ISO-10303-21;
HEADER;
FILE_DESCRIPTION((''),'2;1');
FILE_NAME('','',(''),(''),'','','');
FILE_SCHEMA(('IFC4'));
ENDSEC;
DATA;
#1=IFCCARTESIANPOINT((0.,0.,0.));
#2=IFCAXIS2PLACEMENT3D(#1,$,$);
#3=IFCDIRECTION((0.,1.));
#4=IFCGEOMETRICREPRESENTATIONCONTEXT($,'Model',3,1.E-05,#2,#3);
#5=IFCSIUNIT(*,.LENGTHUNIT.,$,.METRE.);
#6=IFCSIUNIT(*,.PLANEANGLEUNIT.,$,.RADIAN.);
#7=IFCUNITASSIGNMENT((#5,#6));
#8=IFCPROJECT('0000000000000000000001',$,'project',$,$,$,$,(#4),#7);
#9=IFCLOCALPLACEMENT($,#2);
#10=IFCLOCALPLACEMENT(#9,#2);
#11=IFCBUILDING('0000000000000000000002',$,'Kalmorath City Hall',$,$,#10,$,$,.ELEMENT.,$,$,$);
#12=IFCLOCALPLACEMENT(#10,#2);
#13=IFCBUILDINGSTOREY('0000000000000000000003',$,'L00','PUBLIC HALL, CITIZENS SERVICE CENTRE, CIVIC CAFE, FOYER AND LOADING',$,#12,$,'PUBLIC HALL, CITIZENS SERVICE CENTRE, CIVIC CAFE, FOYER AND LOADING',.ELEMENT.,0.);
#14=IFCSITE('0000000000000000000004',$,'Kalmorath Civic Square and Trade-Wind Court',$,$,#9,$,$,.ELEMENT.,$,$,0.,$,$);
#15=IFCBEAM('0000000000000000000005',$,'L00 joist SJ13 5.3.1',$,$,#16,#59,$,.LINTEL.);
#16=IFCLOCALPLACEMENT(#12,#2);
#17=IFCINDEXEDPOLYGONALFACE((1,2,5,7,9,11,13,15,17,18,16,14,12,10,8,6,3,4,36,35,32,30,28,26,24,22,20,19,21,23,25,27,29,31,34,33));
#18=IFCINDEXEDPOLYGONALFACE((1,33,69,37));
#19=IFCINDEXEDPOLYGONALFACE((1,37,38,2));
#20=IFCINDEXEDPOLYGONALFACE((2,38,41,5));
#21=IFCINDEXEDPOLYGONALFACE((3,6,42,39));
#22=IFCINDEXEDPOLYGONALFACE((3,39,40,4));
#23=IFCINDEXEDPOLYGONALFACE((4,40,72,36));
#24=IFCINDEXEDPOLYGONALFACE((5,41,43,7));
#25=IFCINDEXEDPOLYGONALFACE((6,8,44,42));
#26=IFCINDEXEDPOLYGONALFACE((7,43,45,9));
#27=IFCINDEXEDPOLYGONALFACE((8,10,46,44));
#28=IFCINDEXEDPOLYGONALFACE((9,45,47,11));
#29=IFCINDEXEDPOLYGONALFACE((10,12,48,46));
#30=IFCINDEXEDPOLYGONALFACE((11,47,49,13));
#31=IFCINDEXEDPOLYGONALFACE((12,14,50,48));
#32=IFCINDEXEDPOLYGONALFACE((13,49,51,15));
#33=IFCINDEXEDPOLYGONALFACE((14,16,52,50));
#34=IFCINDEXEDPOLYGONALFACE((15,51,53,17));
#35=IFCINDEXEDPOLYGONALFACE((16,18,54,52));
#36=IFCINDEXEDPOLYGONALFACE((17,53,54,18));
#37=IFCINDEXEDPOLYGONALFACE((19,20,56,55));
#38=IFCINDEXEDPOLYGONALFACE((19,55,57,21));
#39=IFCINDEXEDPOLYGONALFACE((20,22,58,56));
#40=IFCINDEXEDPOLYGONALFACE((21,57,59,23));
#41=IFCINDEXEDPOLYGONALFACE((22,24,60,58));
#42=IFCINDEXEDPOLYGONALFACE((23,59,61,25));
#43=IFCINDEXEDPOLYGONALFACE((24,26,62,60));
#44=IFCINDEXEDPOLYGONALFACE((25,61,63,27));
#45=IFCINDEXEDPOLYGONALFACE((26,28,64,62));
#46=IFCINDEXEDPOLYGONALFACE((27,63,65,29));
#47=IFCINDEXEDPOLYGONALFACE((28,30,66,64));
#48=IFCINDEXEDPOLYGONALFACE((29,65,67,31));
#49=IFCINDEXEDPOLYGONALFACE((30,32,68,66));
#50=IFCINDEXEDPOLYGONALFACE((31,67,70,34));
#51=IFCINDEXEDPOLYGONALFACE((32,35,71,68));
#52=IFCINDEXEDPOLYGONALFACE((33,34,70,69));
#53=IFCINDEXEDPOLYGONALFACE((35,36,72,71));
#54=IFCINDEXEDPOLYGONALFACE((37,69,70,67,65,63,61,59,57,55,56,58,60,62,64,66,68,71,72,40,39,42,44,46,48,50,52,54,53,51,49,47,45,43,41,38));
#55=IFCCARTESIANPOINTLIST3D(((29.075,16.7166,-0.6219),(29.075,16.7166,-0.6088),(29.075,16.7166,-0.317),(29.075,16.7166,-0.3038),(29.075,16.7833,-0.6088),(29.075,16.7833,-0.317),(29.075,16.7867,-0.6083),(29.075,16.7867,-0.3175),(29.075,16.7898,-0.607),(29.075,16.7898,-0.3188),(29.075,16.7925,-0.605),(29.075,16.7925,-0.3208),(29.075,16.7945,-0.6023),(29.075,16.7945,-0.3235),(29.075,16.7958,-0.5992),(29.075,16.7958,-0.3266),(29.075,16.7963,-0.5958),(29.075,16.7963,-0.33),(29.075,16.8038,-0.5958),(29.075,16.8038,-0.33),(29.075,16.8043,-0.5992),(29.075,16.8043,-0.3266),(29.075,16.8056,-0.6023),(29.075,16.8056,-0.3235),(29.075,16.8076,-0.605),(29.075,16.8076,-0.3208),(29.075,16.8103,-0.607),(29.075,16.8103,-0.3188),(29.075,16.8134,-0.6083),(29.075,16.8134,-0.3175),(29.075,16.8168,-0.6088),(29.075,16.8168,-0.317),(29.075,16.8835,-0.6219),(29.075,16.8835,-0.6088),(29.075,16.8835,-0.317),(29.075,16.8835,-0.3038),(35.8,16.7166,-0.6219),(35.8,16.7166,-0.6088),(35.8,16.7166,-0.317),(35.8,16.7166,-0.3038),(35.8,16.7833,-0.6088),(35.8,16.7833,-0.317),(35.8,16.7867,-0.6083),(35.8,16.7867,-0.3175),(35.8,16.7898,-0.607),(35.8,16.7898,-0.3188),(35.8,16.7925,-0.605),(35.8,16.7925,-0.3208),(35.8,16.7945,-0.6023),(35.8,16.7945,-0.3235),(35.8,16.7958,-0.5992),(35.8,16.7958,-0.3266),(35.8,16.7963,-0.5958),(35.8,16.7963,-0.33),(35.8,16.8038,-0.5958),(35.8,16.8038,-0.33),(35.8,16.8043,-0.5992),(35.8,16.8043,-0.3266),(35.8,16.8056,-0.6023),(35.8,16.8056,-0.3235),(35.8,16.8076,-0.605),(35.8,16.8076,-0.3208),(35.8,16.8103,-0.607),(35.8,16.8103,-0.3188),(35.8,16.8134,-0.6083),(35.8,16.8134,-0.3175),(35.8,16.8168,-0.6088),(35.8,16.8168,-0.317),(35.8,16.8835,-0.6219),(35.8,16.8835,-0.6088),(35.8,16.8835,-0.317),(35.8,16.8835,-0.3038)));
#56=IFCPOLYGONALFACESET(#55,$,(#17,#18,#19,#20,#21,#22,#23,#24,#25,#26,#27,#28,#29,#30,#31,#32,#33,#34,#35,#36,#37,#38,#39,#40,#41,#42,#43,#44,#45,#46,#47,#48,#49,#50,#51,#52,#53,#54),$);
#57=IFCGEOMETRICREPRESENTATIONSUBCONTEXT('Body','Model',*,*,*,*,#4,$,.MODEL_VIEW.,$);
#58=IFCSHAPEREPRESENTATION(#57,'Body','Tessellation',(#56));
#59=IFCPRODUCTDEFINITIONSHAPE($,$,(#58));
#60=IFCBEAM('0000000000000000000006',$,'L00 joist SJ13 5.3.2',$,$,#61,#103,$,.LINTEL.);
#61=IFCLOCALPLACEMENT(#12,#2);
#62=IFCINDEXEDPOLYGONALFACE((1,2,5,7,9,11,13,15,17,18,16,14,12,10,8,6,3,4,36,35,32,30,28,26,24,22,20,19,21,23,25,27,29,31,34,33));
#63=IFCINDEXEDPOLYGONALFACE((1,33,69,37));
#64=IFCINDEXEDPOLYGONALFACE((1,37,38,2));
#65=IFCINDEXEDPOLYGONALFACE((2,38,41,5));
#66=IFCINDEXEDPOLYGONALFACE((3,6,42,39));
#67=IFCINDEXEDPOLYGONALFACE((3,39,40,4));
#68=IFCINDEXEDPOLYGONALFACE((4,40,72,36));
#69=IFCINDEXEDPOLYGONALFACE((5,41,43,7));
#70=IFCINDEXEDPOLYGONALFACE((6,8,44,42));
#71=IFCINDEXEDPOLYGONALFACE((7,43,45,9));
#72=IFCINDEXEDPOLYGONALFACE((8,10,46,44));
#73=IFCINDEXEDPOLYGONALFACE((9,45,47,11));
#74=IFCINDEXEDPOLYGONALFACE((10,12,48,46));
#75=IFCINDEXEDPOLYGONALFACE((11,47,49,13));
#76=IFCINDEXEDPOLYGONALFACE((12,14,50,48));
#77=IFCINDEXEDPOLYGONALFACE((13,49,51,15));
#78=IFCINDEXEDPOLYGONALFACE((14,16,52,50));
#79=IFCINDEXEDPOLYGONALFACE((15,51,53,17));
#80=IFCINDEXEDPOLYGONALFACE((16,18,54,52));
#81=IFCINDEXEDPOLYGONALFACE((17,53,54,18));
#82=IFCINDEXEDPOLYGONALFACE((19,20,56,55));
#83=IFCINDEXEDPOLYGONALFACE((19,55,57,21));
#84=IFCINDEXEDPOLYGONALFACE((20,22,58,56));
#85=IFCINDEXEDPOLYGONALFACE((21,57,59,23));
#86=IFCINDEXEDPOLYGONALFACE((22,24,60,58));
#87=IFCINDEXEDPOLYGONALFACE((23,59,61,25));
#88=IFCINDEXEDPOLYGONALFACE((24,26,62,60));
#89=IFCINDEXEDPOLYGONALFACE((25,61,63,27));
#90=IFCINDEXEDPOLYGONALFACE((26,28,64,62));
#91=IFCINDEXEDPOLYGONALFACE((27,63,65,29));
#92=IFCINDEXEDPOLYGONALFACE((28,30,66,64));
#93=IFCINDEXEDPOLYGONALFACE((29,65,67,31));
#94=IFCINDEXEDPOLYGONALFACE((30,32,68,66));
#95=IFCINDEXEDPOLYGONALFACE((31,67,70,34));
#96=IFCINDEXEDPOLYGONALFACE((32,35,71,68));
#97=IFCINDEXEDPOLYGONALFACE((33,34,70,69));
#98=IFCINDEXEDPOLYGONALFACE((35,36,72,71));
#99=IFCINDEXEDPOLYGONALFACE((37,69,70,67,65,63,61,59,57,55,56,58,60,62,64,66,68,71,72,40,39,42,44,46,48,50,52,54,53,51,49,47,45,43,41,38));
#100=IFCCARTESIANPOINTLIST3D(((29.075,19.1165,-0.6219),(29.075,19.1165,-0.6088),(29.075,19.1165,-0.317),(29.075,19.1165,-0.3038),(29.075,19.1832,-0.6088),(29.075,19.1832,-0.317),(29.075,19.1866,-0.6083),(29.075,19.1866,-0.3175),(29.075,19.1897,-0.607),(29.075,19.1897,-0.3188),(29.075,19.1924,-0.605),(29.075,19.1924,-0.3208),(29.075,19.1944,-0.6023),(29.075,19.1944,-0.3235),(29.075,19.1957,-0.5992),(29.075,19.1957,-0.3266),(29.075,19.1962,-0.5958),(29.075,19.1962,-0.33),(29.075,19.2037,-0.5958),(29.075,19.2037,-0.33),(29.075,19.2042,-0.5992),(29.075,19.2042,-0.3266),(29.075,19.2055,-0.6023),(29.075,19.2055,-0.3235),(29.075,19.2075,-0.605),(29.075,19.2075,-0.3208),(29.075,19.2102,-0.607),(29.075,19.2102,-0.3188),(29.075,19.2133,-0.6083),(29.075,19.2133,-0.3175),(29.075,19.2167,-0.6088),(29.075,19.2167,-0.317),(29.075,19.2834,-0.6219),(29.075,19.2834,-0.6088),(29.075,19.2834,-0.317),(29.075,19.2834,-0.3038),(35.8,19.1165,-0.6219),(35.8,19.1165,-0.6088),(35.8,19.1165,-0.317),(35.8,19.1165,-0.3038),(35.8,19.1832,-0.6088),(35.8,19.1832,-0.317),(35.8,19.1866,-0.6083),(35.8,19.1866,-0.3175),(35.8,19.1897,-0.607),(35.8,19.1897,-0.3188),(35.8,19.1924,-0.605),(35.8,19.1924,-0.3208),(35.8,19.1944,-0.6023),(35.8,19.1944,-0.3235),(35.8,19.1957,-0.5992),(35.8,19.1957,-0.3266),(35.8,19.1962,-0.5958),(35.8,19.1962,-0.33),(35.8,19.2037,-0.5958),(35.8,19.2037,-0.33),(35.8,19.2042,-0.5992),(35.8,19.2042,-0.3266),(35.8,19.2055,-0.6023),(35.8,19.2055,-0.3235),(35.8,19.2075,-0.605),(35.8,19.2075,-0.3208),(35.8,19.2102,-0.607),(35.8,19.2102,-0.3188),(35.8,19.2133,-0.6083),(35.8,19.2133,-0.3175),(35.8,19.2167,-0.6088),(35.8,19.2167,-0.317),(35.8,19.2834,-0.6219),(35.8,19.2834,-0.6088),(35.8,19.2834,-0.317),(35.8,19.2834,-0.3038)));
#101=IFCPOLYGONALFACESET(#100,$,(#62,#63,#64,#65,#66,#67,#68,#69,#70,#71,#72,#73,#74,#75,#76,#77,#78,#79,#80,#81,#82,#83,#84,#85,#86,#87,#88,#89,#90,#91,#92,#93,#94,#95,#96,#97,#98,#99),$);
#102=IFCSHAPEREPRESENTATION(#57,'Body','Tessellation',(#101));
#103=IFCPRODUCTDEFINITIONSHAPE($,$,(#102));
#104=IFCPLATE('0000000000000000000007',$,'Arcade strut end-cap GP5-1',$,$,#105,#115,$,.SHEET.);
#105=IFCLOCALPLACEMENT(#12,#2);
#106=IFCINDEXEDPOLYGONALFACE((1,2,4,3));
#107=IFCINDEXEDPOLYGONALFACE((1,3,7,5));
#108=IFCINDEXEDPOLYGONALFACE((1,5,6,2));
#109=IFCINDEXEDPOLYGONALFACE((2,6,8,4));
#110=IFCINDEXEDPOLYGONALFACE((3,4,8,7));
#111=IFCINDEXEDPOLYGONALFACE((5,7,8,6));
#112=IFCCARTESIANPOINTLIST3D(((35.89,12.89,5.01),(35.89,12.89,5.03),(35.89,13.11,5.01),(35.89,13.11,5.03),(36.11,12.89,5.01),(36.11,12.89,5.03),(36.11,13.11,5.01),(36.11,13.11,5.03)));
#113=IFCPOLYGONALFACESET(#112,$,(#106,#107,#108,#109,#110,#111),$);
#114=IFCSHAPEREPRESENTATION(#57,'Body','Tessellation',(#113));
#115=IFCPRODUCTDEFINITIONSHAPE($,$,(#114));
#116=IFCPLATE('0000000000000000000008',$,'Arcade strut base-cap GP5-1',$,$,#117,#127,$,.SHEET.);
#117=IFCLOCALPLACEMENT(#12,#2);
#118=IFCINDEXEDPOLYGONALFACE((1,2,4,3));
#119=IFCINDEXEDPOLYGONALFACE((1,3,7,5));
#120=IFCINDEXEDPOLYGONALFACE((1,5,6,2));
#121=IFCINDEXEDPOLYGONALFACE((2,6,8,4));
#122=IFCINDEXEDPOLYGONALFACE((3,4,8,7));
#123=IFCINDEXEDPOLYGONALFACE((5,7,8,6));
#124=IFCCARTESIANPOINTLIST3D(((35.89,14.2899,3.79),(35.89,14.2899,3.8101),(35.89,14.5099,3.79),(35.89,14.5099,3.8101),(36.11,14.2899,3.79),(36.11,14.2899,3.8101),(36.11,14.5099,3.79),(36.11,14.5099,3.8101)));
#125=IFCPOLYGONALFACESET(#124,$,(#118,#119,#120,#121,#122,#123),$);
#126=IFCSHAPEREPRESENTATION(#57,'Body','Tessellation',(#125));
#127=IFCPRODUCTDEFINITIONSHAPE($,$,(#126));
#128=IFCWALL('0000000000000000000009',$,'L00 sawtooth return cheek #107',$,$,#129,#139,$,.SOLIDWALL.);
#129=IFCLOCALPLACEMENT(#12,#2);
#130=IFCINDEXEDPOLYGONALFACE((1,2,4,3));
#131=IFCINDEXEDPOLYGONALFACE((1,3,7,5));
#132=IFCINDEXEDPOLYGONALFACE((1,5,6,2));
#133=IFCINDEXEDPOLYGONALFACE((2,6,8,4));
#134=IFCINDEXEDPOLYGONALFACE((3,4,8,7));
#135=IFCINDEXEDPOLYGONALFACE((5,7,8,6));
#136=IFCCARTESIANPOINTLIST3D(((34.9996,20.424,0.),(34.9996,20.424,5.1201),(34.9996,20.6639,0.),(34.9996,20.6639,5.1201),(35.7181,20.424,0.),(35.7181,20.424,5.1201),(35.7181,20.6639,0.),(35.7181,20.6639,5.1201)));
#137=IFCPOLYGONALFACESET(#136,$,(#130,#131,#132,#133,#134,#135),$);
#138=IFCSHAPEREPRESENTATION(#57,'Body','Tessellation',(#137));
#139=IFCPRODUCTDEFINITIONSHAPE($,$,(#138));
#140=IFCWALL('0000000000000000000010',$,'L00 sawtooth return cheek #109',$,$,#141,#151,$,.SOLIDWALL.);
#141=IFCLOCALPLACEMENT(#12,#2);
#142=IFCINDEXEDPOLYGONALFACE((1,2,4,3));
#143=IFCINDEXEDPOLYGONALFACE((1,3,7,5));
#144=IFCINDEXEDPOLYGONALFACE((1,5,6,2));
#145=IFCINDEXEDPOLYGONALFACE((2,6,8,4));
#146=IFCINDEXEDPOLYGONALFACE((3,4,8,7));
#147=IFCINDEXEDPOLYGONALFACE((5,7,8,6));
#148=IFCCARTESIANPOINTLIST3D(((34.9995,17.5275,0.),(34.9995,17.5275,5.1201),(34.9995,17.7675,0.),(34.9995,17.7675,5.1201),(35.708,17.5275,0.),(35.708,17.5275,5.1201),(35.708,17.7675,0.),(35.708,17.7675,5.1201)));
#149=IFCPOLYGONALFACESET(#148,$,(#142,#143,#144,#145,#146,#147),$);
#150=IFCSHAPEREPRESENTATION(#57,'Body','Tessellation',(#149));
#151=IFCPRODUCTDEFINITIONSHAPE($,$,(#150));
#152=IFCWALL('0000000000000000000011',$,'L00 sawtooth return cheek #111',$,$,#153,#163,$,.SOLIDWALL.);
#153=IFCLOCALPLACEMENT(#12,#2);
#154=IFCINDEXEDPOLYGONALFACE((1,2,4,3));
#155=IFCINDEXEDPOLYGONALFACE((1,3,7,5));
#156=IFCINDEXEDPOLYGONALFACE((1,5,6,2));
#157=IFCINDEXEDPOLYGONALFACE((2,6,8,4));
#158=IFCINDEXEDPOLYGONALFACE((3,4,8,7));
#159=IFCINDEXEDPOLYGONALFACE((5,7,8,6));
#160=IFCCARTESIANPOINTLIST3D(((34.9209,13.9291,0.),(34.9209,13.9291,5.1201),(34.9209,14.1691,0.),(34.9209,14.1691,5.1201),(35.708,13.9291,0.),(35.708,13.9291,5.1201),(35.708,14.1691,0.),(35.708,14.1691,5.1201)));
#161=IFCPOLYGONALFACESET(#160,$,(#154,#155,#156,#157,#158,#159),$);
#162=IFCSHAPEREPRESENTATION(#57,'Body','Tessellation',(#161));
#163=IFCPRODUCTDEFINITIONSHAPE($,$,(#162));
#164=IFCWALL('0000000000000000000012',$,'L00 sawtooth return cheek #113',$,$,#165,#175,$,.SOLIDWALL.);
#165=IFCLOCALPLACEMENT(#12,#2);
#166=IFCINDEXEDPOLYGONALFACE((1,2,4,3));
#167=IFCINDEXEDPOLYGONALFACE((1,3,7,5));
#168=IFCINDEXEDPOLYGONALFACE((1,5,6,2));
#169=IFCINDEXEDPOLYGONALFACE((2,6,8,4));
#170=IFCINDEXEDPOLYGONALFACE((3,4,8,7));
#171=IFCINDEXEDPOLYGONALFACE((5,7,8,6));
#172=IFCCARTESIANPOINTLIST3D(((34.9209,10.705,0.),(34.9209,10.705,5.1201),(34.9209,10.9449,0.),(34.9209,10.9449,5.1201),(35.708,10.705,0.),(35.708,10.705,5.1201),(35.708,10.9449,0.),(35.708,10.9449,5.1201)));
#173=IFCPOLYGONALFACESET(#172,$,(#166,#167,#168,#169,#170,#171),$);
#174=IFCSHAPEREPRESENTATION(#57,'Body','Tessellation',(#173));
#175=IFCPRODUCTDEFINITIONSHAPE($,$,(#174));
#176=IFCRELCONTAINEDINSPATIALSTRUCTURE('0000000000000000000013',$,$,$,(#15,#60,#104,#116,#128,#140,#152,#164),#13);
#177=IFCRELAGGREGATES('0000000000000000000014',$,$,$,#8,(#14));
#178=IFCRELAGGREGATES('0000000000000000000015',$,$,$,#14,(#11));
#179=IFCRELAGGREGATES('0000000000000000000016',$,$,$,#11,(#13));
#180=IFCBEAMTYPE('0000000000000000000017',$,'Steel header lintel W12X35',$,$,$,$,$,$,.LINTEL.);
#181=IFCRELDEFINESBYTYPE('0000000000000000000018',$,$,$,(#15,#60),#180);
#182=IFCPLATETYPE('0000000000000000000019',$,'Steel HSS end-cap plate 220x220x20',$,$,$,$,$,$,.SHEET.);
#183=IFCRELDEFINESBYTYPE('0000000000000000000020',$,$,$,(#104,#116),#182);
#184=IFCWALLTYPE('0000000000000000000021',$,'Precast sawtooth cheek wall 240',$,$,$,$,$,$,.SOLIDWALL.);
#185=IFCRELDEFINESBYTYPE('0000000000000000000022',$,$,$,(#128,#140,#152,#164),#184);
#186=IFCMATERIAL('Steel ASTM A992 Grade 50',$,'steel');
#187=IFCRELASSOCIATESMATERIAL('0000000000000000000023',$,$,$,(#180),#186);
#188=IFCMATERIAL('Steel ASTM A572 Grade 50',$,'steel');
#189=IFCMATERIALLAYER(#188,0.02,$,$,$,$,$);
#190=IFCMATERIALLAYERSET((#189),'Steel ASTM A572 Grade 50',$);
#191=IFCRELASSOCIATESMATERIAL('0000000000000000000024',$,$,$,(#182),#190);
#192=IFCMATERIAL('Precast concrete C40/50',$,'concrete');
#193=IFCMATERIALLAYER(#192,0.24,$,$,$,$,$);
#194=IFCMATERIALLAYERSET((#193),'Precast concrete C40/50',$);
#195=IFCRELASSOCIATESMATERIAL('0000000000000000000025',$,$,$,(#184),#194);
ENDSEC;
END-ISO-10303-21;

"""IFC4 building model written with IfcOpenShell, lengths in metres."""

from ifc_helpers import new_model, si_unit, direction, frame, frame_2d, origin, origin_2d, place, context, subcontext, project, spatial, rectangle, i_section, extrude, material, layer, layer_set, material_profile, profile_set, type_object, element, save


model = new_model("IFC4")

# Units and contexts
model_context = context("Model", 3, precision=1e-05, world=origin(), true_north=direction((0.0, 1.0)))
body_context = subcontext(model_context, "Body", "Model", "MODEL_VIEW")
ifc_project = project(units=[si_unit("LENGTHUNIT", "METRE"), si_unit("PLANEANGLEUNIT", "RADIAN")], contexts=[model_context])

# Site, building, storey
site_placement = place(None, origin())
site = spatial("IfcSite", under=ifc_project, at=site_placement, Name="Kalmorath Civic Square and Trade-Wind Court", CompositionType="ELEMENT", RefElevation=0.0)
building_placement = place(site_placement, origin())
building = spatial("IfcBuilding", under=site, at=building_placement, Name="Kalmorath City Hall", CompositionType="ELEMENT")
storey_placement = place(building_placement, origin())
storey = spatial("IfcBuildingStorey", under=building, at=storey_placement, Name="L00", Description="PUBLIC HALL, CITIZENS SERVICE CENTRE, CIVIC CAFE, FOYER AND LOADING", LongName="PUBLIC HALL, CITIZENS SERVICE CENTRE, CIVIC CAFE, FOYER AND LOADING", CompositionType="ELEMENT", Elevation=0.0)

# Beams
ifc_material_1 = material(Name="Steel ASTM A992 Grade 50", Category="steel")
ifc_material_profile_1 = material_profile(ifc_material_1, i_section(OverallWidth=0.167, OverallDepth=0.3181, WebThickness=0.0076, FlangeThickness=0.0132, FilletRadius=0.0129, at=origin_2d()), Name="W12X35")
ifc_profile_set_1 = profile_set([ifc_material_profile_1], Name="Steel ASTM A992 Grade 50")
beam_type_1 = type_object("IfcBeamType", Name="Steel header lintel W12X35", PredefinedType="LINTEL", material=ifc_profile_set_1)
for number, where, z_axis, x_axis, name in (
    (1, (29.075, 16.8, -0.4629), (1.0, 0.0, 0.0), (0.0, 1.0, 0.0), "L00 joist SJ13 5.3.1"),
    (2, (29.075, 19.2, -0.4629), (1.0, 0.0, 0.0), (0.0, 1.0, 0.0), "L00 joist SJ13 5.3.2"),
):
    element("IfcBeam", number, at=place(storey_placement, frame(where, z_axis=z_axis, x_axis=x_axis)), inside=storey, type_object=beam_type_1, Name=name, PredefinedType="LINTEL", context=body_context, shape_type="SweptSolid", body=[
        extrude(i_section(OverallWidth=0.167, OverallDepth=0.3181, WebThickness=0.0076, FlangeThickness=0.0132, FilletRadius=0.0129, at=origin_2d()), origin(), (0.0, 0.0, 1.0), 6.7251),
    ])

# Plates
ifc_material_2 = material(Name="Steel ASTM A572 Grade 50", Category="steel")
ifc_layer_1 = layer(ifc_material_2, 0.02)
ifc_layer_set_1 = layer_set([ifc_layer_1], Name="Steel ASTM A572 Grade 50")
plate_type = type_object("IfcPlateType", Name="Steel HSS end-cap plate 220x220x20", PredefinedType="SHEET", material=ifc_layer_set_1)
for number, where, z_axis, x_axis, name in (
    (3, (36.0, 13.0, 5.01), (0.0, 0.0, 1.0), (1.0, 0.0, 0.0), "Arcade strut end-cap GP5-1"),
    (4, (36.0, 14.3999, 3.79), (0.0, 0.0, 1.0), (1.0, 0.0, 0.0), "Arcade strut base-cap GP5-1"),
):
    element("IfcPlate", number, at=place(storey_placement, frame(where, z_axis=z_axis, x_axis=x_axis)), inside=storey, type_object=plate_type, Name=name, PredefinedType="SHEET", context=body_context, shape_type="SweptSolid", body=[
        extrude(rectangle(XDim=0.22, YDim=0.22, at=origin_2d()), origin(), (0.0, 0.0, 1.0), 0.02),
    ])

# Walls
ifc_material_3 = material(Name="Precast concrete C40/50", Category="concrete")
ifc_layer_2 = layer(ifc_material_3, 0.24)
ifc_layer_set_2 = layer_set([ifc_layer_2], Name="Precast concrete C40/50")
wall_type_1 = type_object("IfcWallType", Name="Precast sawtooth cheek wall 240", PredefinedType="SOLIDWALL", material=ifc_layer_set_2)
wall_1_placement = place(storey_placement, frame((34.9995, 20.5439, 0.0), z_axis=(0.0, 0.0, 1.0), x_axis=(1.0, 0.0, 0.0)))
element("IfcWall", 5, at=wall_1_placement, inside=storey, type_object=wall_type_1, Name="L00 sawtooth return cheek #107", PredefinedType="SOLIDWALL", context=body_context, shape_type="SweptSolid", body=[
    extrude(rectangle(XDim=0.7185, YDim=0.24, at=frame_2d((0.3594, 0.0))), origin(), (0.0, 0.0, 1.0), 5.1201),
])
wall_2_placement = place(storey_placement, frame((34.9995, 17.6475, 0.0), z_axis=(0.0, 0.0, 1.0), x_axis=(1.0, 0.0, 0.0)))
element("IfcWall", 6, at=wall_2_placement, inside=storey, type_object=wall_type_1, Name="L00 sawtooth return cheek #109", PredefinedType="SOLIDWALL", context=body_context, shape_type="SweptSolid", body=[
    extrude(rectangle(XDim=0.7085, YDim=0.24, at=frame_2d((0.3542, 0.0))), origin(), (0.0, 0.0, 1.0), 5.1201),
])
for number, where, z_axis, x_axis, name in (
    (7, (34.9209, 14.0491, 0.0), (0.0, 0.0, 1.0), (1.0, 0.0, 0.0), "L00 sawtooth return cheek #111"),
    (8, (34.9209, 10.825, 0.0), (0.0, 0.0, 1.0), (1.0, 0.0, 0.0), "L00 sawtooth return cheek #113"),
):
    element("IfcWall", number, at=place(storey_placement, frame(where, z_axis=z_axis, x_axis=x_axis)), inside=storey, type_object=wall_type_1, Name=name, PredefinedType="SOLIDWALL", context=body_context, shape_type="SweptSolid", body=[
        extrude(rectangle(XDim=0.7871, YDim=0.24, at=frame_2d((0.3936, 0.0))), origin(), (0.0, 0.0, 1.0), 5.1201),
    ])

save(model, "model.ifc")
